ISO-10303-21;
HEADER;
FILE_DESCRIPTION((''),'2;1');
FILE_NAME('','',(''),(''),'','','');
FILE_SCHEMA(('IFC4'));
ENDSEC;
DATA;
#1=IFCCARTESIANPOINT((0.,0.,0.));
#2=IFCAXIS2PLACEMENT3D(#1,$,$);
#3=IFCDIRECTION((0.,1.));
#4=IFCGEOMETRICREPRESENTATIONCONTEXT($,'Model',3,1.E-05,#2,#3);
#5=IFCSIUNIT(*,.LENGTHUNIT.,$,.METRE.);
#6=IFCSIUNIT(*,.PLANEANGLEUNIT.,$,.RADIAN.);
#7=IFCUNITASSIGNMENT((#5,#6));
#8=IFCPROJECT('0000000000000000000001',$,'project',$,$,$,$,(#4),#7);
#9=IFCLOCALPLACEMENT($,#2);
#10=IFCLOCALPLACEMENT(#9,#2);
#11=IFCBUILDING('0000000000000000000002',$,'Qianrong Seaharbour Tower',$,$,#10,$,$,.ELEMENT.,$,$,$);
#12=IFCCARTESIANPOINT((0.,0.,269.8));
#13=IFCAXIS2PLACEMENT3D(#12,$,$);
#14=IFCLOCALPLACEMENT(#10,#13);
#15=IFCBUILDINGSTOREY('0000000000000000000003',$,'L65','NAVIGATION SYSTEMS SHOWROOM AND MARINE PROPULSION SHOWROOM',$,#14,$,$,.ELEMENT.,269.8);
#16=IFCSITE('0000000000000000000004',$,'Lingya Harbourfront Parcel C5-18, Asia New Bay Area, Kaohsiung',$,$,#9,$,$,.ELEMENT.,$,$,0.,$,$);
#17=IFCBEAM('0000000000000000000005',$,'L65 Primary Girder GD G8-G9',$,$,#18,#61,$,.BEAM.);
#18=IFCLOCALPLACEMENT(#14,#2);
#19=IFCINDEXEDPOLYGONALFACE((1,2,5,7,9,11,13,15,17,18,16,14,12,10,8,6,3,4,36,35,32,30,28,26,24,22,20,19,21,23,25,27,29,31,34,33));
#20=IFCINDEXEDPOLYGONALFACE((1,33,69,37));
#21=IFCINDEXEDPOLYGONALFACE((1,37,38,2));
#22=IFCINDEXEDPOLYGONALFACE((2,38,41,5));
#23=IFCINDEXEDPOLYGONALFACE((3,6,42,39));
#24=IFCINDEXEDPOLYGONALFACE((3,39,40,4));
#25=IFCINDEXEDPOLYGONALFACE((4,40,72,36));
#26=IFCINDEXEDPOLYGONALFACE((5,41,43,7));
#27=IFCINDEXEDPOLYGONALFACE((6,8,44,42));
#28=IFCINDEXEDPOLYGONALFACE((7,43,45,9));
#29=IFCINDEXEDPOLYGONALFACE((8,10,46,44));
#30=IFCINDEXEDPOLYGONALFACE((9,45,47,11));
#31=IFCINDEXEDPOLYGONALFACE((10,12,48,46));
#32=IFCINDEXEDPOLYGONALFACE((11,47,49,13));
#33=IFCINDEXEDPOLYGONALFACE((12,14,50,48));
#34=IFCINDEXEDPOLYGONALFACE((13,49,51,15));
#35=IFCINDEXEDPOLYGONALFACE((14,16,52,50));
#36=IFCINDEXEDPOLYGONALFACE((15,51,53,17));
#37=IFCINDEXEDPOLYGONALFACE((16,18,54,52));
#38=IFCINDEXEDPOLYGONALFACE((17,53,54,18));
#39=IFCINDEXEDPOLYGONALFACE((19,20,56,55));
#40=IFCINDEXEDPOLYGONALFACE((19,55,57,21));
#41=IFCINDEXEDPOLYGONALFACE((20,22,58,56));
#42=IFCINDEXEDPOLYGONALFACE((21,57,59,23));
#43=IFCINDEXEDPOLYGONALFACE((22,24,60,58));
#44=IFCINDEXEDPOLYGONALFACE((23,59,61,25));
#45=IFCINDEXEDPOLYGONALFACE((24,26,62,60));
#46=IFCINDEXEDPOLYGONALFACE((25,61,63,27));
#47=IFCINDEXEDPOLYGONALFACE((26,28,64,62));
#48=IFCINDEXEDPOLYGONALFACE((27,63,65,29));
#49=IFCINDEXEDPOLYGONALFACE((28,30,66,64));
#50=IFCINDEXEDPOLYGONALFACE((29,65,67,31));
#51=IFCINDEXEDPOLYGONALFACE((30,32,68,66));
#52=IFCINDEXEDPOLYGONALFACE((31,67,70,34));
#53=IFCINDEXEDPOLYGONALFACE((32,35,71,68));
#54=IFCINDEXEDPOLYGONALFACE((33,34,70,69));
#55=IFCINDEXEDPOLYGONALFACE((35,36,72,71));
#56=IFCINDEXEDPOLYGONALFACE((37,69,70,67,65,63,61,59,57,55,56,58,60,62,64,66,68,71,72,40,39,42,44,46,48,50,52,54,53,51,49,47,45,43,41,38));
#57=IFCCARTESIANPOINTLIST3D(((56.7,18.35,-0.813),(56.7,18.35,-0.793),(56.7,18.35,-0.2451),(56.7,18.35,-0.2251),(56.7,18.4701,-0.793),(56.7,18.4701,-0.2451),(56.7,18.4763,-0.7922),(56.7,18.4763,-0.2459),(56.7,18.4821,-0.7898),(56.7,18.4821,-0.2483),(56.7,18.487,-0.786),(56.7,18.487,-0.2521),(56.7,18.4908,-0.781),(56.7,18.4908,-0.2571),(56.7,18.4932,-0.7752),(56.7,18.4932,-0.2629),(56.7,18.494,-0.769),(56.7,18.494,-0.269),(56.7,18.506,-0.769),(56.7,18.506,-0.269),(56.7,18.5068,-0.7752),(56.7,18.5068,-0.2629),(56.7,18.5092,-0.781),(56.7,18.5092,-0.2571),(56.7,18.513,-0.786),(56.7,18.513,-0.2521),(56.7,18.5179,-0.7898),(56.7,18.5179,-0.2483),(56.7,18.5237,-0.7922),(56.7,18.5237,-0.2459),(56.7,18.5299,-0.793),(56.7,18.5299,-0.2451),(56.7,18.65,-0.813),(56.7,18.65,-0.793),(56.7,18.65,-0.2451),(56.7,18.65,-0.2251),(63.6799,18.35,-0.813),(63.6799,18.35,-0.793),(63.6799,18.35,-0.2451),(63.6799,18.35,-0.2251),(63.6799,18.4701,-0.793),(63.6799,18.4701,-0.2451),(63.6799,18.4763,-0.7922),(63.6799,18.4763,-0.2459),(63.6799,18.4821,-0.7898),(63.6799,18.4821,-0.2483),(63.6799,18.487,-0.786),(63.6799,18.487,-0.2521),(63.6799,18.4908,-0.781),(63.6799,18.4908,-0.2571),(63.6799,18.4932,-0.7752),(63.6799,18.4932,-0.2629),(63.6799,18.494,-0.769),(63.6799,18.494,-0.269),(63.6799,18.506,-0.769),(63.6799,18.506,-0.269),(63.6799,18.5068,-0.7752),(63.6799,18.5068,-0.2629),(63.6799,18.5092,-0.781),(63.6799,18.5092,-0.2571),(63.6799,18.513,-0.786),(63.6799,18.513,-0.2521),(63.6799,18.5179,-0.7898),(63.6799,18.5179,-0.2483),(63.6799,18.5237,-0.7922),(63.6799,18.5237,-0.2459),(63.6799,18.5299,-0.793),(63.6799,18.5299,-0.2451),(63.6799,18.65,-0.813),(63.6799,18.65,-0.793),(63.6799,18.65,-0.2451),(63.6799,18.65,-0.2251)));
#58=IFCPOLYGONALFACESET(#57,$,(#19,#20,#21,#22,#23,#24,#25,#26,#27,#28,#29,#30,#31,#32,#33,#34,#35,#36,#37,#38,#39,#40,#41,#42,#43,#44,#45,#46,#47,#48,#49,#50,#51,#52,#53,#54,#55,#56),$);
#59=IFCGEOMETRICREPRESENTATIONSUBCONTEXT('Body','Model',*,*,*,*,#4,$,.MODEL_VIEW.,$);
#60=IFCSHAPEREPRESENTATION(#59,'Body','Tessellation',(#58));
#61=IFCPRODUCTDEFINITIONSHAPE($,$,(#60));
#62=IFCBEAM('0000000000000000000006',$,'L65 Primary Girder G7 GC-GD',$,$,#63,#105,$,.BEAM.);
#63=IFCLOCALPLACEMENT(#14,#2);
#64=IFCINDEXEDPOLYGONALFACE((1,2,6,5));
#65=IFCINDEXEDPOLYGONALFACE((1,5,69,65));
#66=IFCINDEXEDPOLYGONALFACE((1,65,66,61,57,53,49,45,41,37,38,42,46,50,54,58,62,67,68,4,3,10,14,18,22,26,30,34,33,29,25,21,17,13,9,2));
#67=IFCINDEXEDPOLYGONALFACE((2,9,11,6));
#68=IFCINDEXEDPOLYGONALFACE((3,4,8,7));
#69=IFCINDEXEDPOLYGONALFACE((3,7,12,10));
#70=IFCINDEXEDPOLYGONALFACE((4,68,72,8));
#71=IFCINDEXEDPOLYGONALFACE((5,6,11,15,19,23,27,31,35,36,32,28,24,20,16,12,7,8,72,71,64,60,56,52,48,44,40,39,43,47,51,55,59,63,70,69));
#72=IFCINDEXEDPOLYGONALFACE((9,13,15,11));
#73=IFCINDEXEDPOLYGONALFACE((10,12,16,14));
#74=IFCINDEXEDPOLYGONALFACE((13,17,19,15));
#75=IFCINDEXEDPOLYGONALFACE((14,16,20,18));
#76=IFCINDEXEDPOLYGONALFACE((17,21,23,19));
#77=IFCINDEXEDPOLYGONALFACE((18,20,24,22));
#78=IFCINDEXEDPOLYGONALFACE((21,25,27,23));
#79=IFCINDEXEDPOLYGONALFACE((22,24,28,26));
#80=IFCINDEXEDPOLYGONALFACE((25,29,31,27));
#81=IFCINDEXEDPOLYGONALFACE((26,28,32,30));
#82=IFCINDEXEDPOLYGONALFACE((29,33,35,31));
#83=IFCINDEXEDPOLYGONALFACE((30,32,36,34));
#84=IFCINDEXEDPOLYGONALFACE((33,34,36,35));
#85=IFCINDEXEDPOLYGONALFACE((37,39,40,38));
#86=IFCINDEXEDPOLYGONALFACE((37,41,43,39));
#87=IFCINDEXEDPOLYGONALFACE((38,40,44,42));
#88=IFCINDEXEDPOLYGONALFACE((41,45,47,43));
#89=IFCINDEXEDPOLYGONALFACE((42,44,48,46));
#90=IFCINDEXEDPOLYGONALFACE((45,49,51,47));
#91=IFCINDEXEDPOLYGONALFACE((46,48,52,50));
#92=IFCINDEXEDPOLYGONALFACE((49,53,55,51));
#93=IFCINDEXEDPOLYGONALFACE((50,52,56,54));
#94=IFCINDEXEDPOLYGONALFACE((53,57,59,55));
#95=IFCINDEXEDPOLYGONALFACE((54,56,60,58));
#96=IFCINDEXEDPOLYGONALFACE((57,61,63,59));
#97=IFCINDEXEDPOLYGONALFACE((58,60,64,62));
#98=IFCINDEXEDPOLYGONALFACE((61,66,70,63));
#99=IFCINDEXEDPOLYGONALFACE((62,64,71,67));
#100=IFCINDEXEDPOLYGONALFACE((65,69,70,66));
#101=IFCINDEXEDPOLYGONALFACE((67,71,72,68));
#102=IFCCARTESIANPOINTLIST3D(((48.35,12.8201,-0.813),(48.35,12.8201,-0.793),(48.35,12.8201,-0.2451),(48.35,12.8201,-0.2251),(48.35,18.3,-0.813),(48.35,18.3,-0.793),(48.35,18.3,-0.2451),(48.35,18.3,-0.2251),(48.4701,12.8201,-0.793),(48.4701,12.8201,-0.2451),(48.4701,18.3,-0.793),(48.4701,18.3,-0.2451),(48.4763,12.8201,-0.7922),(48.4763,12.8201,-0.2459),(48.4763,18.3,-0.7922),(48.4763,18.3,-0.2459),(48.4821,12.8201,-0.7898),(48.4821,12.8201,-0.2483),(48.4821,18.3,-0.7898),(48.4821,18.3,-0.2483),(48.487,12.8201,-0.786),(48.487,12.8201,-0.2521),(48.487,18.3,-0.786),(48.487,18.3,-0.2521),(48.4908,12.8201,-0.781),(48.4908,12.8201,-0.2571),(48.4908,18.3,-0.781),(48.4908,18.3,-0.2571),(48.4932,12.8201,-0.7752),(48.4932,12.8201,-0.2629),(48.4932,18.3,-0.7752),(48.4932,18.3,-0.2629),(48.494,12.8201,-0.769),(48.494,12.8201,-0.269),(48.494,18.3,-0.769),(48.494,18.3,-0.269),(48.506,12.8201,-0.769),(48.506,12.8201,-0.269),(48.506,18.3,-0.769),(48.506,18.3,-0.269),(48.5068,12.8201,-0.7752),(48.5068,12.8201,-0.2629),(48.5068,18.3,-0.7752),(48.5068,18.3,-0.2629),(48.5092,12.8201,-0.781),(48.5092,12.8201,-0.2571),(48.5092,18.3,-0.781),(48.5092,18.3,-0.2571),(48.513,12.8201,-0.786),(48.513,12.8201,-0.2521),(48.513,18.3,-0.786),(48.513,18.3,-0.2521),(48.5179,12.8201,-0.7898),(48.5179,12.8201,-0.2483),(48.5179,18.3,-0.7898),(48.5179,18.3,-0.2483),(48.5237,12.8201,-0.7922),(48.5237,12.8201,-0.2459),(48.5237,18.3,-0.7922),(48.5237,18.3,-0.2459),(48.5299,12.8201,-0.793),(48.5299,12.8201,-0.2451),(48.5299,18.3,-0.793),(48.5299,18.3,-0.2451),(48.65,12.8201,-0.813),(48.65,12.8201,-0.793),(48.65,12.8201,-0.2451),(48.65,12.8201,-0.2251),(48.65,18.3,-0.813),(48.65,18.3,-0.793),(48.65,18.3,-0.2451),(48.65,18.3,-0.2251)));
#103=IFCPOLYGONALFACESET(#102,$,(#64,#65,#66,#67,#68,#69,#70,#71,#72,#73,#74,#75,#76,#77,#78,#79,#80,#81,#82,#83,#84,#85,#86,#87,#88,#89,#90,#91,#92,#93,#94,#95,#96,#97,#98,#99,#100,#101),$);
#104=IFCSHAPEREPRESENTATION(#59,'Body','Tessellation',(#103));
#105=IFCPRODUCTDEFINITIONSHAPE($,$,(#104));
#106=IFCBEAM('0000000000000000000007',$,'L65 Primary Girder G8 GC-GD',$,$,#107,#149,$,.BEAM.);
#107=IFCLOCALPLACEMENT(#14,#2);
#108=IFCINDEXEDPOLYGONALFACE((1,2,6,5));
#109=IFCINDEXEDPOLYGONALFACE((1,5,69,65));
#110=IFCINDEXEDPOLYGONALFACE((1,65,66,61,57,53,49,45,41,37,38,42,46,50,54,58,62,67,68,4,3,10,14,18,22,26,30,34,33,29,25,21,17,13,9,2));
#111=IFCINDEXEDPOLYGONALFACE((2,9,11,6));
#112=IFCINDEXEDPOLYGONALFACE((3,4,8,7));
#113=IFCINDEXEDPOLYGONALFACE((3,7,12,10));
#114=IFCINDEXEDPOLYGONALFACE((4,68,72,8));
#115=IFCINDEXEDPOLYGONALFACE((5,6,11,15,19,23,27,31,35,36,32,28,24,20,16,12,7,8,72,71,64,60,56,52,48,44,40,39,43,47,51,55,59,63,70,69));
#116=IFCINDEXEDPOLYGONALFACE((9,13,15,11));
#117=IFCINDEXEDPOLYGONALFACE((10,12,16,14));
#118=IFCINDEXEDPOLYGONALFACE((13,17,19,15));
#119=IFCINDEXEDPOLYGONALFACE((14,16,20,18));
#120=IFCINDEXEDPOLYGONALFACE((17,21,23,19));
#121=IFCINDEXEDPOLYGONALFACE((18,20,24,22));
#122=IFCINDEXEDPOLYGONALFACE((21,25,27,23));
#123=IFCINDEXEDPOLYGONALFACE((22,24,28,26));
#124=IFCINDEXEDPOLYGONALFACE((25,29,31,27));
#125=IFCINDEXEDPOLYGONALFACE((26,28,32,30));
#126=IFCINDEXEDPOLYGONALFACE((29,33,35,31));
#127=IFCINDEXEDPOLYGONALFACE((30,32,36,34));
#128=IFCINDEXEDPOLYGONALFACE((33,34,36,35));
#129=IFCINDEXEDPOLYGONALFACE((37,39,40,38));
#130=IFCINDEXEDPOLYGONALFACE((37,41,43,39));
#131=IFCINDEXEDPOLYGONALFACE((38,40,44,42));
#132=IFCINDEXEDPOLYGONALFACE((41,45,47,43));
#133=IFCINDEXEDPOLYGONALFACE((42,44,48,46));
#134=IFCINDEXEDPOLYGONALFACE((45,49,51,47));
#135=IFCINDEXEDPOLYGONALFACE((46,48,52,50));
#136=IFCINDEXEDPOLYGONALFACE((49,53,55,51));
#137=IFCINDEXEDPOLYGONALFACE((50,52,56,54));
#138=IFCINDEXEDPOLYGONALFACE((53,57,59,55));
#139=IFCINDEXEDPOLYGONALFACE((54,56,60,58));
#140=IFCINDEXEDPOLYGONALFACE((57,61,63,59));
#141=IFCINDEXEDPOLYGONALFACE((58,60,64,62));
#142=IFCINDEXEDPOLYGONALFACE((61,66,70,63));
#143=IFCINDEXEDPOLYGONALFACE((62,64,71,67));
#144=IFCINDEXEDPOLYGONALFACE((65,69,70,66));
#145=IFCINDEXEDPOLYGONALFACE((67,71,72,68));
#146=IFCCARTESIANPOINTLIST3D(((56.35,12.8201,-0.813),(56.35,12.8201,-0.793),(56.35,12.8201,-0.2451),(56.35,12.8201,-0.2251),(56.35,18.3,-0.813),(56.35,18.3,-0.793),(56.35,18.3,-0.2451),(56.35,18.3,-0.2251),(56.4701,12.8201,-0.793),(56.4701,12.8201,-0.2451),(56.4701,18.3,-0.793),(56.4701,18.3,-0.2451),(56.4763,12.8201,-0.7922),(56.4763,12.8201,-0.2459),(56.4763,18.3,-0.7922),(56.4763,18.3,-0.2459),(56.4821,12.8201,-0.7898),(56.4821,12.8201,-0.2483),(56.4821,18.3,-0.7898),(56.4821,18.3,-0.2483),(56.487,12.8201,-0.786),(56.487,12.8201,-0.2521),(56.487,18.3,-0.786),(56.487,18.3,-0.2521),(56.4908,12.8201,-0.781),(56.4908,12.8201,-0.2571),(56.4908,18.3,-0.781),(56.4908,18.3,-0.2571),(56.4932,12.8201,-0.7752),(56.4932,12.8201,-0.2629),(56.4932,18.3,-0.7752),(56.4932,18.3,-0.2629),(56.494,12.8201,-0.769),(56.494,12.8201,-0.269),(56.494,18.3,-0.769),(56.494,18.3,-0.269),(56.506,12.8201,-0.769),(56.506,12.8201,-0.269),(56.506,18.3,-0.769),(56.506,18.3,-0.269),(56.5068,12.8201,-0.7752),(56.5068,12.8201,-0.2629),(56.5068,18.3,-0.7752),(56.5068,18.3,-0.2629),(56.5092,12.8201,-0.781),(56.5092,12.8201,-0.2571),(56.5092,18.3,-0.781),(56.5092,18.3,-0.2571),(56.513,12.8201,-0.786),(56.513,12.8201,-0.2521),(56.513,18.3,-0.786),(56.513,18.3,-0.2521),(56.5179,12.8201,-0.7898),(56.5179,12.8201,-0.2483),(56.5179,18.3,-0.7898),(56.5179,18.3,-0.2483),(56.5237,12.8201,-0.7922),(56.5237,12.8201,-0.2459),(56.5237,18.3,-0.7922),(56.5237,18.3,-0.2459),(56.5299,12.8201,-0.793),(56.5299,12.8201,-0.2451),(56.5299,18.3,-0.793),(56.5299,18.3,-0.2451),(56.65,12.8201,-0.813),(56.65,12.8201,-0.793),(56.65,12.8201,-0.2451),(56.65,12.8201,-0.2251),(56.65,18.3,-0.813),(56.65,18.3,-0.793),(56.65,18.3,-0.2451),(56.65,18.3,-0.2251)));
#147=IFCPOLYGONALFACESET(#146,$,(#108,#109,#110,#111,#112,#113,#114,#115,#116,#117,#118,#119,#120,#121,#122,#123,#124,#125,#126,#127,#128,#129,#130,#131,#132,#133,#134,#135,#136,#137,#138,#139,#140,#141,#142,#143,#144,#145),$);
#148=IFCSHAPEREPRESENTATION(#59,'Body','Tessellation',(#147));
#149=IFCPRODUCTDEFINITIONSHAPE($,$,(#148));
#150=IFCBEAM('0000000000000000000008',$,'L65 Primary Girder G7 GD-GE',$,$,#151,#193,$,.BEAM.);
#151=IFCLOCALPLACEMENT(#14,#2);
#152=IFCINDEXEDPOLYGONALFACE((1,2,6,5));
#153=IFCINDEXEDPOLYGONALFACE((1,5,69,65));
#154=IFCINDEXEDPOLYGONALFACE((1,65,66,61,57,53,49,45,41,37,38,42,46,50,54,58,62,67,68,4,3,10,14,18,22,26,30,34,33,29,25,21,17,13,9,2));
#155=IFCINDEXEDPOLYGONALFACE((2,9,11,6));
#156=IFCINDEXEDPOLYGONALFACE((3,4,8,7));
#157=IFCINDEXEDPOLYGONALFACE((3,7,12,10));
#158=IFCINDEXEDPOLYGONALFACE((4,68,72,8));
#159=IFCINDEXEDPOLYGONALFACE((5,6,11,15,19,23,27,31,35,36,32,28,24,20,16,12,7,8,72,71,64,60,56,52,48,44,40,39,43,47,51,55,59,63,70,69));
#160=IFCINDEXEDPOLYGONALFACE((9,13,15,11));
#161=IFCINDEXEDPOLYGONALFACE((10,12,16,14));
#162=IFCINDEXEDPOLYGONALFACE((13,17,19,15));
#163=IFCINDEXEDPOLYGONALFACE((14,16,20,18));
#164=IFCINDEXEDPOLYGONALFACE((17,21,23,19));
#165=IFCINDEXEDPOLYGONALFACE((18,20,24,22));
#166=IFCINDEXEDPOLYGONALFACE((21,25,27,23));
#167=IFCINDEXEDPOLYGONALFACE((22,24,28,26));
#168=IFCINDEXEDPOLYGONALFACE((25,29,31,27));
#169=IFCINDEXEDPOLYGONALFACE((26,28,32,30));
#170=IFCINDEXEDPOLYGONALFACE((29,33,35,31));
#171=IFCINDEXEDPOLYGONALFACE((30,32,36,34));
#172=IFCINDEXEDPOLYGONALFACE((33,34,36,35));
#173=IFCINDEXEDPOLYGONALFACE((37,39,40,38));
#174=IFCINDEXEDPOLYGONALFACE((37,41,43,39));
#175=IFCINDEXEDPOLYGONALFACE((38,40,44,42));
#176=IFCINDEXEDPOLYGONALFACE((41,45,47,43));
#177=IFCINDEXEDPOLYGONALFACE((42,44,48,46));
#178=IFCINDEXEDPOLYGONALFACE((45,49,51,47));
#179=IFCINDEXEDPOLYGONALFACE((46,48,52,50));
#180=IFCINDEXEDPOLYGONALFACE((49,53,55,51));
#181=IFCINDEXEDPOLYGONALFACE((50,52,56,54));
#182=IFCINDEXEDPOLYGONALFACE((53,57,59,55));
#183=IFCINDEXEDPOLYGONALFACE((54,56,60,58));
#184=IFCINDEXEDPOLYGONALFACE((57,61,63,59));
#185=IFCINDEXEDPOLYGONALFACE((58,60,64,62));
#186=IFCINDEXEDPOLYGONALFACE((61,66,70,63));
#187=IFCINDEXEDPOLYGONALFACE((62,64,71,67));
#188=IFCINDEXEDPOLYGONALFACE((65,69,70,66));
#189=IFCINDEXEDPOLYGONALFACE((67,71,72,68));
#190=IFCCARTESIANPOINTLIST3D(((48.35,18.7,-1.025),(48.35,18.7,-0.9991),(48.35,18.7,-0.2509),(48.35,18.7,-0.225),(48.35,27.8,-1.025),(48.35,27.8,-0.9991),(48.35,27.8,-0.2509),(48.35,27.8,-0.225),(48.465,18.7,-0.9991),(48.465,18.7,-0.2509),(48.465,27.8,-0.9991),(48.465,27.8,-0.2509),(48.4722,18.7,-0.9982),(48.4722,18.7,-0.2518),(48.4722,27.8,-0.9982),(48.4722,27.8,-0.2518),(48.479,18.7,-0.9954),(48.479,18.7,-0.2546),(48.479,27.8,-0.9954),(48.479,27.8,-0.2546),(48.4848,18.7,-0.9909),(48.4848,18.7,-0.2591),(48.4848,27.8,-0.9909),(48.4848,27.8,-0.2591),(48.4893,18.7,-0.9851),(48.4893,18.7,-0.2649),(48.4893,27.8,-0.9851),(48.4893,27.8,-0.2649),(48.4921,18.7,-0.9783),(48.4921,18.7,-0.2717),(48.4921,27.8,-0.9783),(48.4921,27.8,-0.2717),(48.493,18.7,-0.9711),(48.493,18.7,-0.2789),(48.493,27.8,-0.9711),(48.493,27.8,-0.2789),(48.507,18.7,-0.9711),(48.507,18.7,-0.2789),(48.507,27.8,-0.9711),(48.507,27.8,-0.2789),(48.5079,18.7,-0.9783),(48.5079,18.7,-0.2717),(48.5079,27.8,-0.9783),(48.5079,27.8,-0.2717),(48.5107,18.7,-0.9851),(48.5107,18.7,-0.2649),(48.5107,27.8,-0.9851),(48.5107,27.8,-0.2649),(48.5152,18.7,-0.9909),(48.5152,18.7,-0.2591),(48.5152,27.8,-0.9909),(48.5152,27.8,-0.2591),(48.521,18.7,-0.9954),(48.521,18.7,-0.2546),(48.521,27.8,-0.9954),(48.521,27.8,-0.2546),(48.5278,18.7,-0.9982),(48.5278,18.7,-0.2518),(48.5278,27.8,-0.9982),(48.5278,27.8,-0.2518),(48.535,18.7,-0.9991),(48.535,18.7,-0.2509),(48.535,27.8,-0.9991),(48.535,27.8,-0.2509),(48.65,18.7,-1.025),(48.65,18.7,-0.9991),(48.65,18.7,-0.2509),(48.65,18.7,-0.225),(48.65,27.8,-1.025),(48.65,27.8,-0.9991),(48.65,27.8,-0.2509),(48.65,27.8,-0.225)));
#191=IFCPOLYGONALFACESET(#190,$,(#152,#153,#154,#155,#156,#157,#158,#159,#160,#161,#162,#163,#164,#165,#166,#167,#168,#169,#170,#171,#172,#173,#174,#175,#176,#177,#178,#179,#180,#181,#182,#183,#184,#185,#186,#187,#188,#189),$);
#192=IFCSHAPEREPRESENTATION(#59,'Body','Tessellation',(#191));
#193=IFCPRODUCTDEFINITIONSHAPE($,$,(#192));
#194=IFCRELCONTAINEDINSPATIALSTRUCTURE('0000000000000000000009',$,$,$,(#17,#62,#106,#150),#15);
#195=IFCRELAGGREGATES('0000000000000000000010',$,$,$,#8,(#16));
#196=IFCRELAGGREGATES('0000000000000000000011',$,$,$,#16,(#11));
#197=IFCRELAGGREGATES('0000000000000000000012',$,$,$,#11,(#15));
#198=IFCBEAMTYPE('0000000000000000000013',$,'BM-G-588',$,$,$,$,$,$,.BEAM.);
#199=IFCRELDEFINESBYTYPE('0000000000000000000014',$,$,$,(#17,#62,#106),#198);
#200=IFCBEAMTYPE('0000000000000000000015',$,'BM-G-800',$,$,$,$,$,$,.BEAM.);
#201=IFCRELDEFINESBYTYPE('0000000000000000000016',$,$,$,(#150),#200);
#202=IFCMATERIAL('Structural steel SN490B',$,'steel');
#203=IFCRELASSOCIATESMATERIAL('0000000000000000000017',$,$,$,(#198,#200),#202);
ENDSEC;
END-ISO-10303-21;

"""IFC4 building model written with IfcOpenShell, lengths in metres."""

from ifc_helpers import new_model, si_unit, direction, frame, origin, origin_2d, place, context, subcontext, project, spatial, i_section, extrude, material, material_profile, profile_set, type_object, element, save


model = new_model("IFC4")

# Units and contexts
model_context = context("Model", 3, precision=1e-05, world=origin(), true_north=direction((0.0, 1.0)))
body_context = subcontext(model_context, "Body", "Model", "MODEL_VIEW")
ifc_project = project(units=[si_unit("LENGTHUNIT", "METRE"), si_unit("PLANEANGLEUNIT", "RADIAN")], contexts=[model_context])

# Site, building, storey
site_placement = place(None, origin())
site = spatial("IfcSite", under=ifc_project, at=site_placement, Name="Lingya Harbourfront Parcel C5-18, Asia New Bay Area, Kaohsiung", CompositionType="ELEMENT", RefElevation=0.0)
building_placement = place(site_placement, origin())
building = spatial("IfcBuilding", under=site, at=building_placement, Name="Qianrong Seaharbour Tower", CompositionType="ELEMENT")
storey_placement = place(building_placement, frame((0.0, 0.0, 269.8)))
storey = spatial("IfcBuildingStorey", under=building, at=storey_placement, Name="L65", Description="NAVIGATION SYSTEMS SHOWROOM AND MARINE PROPULSION SHOWROOM", CompositionType="ELEMENT", Elevation=269.8)

# Shared definitions
ifc_material_1 = material(Name="Structural steel SN490B", Category="steel")

# Beams
ifc_material_profile_1 = material_profile(ifc_material_1, i_section(OverallWidth=0.3, OverallDepth=0.5879, WebThickness=0.012, FlangeThickness=0.02, FilletRadius=0.0239, at=origin_2d()), Name="H588x300x12x20")
ifc_profile_set_1 = profile_set([ifc_material_profile_1], Name="Structural steel SN490B")
beam_type_1 = type_object("IfcBeamType", Name="BM-G-588", PredefinedType="BEAM", material=ifc_profile_set_1)
beam_1_placement = place(storey_placement, frame((56.7, 18.5, -0.519), z_axis=(1.0, 0.0, 0.0), x_axis=(0.0, 1.0, 0.0)))
element("IfcBeam", 1, at=beam_1_placement, inside=storey, type_object=beam_type_1, Name="L65 Primary Girder GD G8-G9", PredefinedType="BEAM", context=body_context, shape_type="SweptSolid", body=[
    extrude(i_section(OverallWidth=0.3, OverallDepth=0.5879, WebThickness=0.012, FlangeThickness=0.02, FilletRadius=0.0239, at=origin_2d()), origin(), (0.0, 0.0, 1.0), 6.98),
])
for number, where, z_axis, x_axis, name in (
    (2, (48.5, 12.8201, -0.519), (0.0, 1.0, 0.0), (-1.0, 0.0, 0.0), "L65 Primary Girder G7 GC-GD"),
    (3, (56.5, 12.8201, -0.519), (0.0, 1.0, 0.0), (-1.0, 0.0, 0.0), "L65 Primary Girder G8 GC-GD"),
):
    element("IfcBeam", number, at=place(storey_placement, frame(where, z_axis=z_axis, x_axis=x_axis)), inside=storey, type_object=beam_type_1, Name=name, PredefinedType="BEAM", context=body_context, shape_type="SweptSolid", body=[
        extrude(i_section(OverallWidth=0.3, OverallDepth=0.5879, WebThickness=0.012, FlangeThickness=0.02, FilletRadius=0.0239, at=origin_2d()), origin(), (0.0, 0.0, 1.0), 5.48),
    ])
ifc_material_profile_2 = material_profile(ifc_material_1, i_section(OverallWidth=0.3, OverallDepth=0.8, WebThickness=0.0139, FlangeThickness=0.0259, FilletRadius=0.0281, at=origin_2d()), Name="H800x300x14x26")
ifc_profile_set_2 = profile_set([ifc_material_profile_2], Name="Structural steel SN490B")
beam_type_2 = type_object("IfcBeamType", Name="BM-G-800", PredefinedType="BEAM", material=ifc_profile_set_2)
for number, where, z_axis, x_axis, name in (
    (4, (48.5, 18.7, -0.625), (0.0, 1.0, 0.0), (-1.0, 0.0, 0.0), "L65 Primary Girder G7 GD-GE"),
):
    element("IfcBeam", number, at=place(storey_placement, frame(where, z_axis=z_axis, x_axis=x_axis)), inside=storey, type_object=beam_type_2, Name=name, PredefinedType="BEAM", context=body_context, shape_type="SweptSolid", body=[
        extrude(i_section(OverallWidth=0.3, OverallDepth=0.8, WebThickness=0.0139, FlangeThickness=0.0259, FilletRadius=0.0281, at=origin_2d()), origin(), (0.0, 0.0, 1.0), 9.1001),
    ])

save(model, "model.ifc")
